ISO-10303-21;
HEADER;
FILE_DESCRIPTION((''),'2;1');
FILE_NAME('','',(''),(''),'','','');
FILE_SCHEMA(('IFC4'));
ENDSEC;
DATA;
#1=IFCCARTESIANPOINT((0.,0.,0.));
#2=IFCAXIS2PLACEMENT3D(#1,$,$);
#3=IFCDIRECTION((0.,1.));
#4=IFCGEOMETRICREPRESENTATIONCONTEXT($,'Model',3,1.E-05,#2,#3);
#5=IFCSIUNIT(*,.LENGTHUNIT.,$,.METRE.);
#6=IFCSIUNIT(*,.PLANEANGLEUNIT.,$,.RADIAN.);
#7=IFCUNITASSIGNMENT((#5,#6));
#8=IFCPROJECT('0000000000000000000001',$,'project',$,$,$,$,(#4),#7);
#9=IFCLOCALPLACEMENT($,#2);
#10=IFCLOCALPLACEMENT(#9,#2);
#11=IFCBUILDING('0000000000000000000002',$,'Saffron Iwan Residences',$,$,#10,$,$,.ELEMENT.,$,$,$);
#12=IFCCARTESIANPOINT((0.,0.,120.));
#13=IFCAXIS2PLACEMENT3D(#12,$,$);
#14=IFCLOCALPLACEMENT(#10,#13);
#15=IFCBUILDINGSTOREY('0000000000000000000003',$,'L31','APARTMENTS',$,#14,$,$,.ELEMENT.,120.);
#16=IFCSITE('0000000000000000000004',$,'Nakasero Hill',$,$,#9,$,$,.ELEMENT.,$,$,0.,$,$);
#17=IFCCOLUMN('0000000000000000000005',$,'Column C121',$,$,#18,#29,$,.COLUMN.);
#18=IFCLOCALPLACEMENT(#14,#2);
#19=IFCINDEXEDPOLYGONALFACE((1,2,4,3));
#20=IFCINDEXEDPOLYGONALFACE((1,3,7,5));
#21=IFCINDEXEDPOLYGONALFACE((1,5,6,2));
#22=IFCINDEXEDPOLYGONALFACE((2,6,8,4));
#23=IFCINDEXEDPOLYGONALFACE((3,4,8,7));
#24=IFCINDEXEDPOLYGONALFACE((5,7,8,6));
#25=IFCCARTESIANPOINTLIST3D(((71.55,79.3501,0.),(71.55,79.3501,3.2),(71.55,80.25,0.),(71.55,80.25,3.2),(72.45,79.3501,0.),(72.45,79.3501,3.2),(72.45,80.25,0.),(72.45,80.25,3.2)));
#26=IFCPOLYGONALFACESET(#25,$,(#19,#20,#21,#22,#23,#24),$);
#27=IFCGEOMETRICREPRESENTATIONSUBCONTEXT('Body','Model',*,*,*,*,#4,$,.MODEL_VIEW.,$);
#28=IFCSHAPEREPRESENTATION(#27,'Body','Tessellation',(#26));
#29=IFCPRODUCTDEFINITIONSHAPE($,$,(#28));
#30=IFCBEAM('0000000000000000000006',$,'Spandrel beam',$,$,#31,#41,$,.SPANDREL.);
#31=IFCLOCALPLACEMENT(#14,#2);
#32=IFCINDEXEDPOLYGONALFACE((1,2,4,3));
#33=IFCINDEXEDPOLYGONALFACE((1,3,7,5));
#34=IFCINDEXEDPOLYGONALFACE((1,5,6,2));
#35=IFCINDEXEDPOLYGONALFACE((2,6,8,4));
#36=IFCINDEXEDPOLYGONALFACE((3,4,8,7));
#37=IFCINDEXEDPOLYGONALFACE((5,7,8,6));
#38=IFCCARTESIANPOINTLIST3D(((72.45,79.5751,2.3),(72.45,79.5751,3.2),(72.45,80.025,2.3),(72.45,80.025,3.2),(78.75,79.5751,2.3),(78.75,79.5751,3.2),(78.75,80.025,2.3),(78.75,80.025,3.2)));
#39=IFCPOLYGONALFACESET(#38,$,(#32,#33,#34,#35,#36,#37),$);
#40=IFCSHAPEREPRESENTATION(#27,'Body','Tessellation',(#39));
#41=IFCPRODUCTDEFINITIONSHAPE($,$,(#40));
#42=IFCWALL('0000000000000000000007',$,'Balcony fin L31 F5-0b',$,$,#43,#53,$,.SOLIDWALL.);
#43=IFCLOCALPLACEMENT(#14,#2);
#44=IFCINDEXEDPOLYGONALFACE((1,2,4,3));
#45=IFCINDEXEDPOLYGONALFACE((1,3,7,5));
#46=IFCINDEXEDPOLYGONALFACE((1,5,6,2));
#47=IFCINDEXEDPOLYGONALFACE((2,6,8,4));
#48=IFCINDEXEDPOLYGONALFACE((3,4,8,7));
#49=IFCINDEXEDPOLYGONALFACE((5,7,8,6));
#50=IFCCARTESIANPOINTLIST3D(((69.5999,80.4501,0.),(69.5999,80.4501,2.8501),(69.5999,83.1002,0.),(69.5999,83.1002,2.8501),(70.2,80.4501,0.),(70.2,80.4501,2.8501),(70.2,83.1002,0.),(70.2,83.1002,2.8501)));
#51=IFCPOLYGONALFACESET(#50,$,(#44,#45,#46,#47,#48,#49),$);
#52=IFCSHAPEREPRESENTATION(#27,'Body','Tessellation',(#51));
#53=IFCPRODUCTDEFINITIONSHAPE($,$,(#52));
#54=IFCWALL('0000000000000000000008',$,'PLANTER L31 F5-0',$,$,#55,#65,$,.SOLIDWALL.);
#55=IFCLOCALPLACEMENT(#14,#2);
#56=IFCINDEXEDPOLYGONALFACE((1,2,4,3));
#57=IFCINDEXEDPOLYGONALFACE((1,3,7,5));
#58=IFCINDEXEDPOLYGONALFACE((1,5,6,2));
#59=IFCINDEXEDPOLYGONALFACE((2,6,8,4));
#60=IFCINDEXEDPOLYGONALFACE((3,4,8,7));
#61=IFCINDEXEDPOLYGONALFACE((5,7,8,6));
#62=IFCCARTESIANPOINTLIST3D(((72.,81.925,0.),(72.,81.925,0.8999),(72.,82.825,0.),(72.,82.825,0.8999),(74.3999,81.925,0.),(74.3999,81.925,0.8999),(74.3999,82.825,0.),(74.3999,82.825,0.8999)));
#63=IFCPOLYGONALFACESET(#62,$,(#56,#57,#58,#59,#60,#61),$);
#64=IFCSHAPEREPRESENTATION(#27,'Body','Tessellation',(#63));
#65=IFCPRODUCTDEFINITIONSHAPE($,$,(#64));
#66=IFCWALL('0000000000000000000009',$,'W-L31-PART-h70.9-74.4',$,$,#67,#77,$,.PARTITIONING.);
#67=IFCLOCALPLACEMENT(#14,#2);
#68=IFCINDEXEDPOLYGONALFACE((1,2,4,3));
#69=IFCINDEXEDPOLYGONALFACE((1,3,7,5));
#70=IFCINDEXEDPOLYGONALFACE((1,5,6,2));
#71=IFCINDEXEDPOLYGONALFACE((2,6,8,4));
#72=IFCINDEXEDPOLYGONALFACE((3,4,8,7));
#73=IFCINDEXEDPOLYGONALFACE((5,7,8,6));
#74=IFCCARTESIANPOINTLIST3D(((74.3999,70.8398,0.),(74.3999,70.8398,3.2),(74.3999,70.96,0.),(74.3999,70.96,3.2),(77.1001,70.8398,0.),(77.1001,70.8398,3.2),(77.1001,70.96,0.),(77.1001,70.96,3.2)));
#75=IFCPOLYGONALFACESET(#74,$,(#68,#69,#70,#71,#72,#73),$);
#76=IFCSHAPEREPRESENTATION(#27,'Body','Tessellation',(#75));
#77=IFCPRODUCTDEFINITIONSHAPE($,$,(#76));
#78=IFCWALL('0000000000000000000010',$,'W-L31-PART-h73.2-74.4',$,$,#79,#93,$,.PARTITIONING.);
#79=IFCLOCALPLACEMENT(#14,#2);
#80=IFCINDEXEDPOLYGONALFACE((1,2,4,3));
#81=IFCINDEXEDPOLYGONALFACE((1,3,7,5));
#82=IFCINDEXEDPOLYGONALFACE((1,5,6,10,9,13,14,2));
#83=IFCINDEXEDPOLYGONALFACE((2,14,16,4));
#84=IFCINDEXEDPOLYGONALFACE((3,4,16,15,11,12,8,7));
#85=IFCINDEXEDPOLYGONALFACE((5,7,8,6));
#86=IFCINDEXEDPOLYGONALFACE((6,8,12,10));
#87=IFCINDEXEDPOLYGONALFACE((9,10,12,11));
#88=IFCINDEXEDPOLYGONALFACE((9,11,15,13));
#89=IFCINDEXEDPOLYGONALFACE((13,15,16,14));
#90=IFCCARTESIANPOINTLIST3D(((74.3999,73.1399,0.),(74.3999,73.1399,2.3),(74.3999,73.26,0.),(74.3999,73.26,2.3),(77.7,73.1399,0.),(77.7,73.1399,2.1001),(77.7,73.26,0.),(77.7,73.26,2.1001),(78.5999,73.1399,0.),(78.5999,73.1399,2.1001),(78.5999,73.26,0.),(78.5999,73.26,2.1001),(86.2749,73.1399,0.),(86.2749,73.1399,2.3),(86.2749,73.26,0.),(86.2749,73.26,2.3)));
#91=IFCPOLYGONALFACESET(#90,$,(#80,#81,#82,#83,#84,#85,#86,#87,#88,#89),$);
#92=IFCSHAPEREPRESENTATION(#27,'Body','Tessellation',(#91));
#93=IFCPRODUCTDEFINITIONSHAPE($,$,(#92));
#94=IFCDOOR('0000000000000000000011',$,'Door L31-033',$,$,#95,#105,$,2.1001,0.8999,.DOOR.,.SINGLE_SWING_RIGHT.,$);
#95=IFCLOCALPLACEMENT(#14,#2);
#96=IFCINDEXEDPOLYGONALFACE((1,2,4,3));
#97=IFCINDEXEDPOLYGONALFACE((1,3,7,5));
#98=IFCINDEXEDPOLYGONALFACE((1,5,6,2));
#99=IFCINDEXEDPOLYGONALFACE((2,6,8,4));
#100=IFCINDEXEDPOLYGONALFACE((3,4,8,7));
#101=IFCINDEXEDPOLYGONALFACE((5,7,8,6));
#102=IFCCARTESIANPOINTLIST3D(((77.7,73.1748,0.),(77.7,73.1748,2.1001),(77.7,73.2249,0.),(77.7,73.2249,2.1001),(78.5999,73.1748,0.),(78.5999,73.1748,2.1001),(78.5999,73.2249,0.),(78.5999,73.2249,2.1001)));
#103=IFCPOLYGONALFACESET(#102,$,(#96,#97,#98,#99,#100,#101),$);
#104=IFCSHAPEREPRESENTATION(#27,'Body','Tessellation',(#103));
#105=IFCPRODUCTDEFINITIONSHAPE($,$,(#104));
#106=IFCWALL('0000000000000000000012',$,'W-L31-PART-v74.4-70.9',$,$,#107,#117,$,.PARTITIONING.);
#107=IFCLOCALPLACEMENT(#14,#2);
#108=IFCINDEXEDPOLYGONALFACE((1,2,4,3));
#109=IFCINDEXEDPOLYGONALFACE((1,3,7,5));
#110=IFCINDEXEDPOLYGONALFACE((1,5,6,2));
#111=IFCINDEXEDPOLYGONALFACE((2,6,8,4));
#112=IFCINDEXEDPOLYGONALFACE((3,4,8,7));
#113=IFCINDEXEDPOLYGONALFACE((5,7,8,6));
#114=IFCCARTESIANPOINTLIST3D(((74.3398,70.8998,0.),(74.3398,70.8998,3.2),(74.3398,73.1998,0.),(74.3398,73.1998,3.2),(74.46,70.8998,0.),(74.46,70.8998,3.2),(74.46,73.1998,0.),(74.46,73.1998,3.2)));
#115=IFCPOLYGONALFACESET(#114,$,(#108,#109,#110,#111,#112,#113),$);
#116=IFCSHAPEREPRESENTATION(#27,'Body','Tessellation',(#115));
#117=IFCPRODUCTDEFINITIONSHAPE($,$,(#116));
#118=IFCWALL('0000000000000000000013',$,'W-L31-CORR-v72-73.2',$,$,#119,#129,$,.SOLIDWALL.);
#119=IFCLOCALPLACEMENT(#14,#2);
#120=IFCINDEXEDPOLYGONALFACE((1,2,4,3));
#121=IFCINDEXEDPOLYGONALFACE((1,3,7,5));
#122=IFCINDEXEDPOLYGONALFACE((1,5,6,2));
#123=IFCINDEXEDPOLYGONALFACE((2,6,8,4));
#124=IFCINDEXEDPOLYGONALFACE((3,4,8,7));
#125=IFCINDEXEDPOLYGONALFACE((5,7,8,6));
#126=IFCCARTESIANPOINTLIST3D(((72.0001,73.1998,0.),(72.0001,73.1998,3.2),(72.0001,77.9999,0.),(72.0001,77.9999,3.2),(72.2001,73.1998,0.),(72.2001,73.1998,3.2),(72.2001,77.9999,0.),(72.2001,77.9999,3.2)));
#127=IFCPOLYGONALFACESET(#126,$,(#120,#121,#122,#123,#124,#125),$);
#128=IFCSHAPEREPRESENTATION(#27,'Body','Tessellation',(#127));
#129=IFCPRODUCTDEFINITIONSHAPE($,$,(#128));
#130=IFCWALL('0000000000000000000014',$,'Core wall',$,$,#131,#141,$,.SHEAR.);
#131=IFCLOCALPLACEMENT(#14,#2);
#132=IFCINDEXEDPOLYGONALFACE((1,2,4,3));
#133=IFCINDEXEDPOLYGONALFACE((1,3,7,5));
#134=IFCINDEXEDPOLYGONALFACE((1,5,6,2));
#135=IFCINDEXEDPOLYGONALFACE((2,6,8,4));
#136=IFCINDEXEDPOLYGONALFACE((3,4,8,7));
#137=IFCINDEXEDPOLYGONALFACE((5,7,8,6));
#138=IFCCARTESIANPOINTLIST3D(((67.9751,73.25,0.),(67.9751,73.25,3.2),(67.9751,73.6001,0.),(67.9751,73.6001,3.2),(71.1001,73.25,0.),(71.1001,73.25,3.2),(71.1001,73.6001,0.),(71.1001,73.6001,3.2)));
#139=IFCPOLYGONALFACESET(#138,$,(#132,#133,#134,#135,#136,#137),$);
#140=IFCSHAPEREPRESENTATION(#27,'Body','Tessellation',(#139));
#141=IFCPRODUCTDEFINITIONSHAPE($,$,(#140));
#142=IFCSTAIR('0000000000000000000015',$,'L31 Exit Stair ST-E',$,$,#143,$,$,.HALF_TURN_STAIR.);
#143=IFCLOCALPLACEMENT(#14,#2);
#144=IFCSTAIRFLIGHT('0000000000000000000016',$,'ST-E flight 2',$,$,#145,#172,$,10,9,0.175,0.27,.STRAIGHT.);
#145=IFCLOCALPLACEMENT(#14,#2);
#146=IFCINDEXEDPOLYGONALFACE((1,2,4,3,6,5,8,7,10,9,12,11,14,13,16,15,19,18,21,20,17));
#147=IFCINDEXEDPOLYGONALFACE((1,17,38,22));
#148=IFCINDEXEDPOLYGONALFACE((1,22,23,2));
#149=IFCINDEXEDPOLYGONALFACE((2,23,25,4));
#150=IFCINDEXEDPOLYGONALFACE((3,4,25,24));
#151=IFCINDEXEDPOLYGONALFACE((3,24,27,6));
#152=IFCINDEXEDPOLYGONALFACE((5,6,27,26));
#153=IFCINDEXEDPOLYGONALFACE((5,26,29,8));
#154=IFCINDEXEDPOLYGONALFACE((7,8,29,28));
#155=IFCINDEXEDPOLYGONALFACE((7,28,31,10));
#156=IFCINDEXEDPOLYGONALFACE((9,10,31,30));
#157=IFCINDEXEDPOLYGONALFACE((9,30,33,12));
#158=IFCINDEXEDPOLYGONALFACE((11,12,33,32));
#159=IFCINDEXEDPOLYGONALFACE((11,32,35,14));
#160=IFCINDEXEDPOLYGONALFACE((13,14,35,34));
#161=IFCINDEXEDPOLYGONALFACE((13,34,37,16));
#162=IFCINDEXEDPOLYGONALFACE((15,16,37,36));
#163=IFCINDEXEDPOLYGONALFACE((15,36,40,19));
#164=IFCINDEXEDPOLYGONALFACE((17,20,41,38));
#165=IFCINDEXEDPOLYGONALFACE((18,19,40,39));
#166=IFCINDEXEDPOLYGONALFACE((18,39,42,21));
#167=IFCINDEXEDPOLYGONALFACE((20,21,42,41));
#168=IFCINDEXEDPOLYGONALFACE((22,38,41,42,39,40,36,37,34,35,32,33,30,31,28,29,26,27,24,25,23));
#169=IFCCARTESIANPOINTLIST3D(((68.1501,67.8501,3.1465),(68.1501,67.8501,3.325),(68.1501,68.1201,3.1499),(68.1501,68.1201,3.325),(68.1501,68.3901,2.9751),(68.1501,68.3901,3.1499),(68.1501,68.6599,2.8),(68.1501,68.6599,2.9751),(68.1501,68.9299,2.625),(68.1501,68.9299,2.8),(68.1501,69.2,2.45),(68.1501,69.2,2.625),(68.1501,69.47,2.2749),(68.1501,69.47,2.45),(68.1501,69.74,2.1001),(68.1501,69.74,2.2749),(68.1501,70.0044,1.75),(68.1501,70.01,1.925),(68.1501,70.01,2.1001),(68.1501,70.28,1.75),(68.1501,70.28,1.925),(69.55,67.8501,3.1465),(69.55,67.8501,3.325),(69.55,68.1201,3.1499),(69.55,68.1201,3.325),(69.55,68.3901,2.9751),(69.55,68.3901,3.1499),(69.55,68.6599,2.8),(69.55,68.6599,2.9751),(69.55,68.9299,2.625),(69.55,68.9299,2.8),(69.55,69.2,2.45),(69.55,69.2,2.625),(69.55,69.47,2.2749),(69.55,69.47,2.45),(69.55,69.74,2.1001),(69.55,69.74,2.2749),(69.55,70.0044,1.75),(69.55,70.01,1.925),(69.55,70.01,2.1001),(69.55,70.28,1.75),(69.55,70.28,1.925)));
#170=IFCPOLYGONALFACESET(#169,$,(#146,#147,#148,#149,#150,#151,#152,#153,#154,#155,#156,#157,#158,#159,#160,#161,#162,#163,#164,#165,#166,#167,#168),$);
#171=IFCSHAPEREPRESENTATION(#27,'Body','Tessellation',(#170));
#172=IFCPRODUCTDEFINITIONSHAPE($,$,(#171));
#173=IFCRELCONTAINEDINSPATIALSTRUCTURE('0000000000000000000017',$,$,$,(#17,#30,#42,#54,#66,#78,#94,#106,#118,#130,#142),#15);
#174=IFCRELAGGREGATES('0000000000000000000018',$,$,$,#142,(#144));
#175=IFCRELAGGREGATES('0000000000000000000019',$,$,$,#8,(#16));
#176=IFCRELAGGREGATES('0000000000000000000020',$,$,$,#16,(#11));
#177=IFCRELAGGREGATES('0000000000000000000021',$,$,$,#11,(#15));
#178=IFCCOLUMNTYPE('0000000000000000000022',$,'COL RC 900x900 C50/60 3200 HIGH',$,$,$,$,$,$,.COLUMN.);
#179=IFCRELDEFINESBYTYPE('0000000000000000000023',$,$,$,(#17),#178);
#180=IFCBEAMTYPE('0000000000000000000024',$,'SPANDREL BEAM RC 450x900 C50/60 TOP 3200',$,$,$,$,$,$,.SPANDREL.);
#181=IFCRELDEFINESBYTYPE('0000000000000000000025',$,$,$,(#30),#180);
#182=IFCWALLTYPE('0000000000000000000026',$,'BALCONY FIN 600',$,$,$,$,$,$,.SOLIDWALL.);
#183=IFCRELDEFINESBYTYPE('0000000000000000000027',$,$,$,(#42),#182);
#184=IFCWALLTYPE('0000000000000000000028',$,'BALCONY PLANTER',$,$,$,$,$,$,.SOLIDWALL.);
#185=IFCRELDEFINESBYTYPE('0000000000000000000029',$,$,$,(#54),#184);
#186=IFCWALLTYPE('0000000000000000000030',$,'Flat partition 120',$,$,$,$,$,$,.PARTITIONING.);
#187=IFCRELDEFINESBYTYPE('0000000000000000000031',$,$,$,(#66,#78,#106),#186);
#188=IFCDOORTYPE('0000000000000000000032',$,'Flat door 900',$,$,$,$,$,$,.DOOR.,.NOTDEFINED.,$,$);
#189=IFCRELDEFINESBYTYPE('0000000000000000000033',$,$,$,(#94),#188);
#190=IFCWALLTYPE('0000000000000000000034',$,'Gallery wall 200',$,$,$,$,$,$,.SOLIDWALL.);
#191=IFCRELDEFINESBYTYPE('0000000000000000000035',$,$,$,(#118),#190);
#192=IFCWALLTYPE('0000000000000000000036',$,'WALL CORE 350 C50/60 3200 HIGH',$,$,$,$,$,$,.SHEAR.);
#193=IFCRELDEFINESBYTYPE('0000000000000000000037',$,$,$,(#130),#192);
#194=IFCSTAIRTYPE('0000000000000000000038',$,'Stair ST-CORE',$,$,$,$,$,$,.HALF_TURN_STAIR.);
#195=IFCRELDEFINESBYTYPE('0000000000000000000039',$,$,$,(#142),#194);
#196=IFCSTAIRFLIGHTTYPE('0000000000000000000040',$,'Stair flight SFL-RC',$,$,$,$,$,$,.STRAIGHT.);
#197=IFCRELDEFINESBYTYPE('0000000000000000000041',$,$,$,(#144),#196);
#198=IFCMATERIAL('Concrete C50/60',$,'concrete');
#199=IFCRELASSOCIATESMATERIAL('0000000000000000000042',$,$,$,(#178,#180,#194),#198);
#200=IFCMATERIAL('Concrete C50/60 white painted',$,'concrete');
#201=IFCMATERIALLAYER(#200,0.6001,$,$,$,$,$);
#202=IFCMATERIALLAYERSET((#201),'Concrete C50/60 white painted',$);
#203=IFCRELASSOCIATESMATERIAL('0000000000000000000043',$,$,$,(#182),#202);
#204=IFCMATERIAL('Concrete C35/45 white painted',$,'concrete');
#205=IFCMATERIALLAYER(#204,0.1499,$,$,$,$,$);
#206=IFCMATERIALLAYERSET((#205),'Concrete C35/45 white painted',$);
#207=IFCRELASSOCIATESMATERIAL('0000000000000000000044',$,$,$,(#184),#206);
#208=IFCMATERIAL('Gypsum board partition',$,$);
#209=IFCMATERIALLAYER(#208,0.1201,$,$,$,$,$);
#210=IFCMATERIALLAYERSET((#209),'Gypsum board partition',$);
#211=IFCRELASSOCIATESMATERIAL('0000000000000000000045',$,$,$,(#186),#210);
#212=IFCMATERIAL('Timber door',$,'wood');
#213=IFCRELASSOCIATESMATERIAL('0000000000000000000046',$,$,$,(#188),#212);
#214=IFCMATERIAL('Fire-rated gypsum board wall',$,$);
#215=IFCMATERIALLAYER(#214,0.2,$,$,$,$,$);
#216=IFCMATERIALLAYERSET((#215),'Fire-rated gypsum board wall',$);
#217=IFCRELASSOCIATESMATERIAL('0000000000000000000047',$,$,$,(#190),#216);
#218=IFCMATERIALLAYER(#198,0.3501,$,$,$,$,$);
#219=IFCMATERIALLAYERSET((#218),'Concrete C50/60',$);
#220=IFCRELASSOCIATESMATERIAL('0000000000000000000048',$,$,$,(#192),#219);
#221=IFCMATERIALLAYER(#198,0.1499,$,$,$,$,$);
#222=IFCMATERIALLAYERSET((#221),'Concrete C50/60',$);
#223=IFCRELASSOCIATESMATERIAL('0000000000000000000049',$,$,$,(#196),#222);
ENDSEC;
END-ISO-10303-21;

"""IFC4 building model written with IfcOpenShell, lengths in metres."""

from ifc_helpers import new_model, si_unit, direction, frame, frame_2d, origin, origin_2d, place, context, subcontext, project, spatial, polyline, rectangle, outline, extrude, source, transform, mapped, material, layer, layer_set, material_profile, profile_set, type_object, element, fill, aggregate, save


model = new_model("IFC4")

# Units and contexts
model_context = context("Model", 3, precision=1e-05, world=origin(), true_north=direction((0.0, 1.0)))
body_context = subcontext(model_context, "Body", "Model", "MODEL_VIEW")
ifc_project = project(units=[si_unit("LENGTHUNIT", "METRE"), si_unit("PLANEANGLEUNIT", "RADIAN")], contexts=[model_context])

# Site, building, storey
site_placement = place(None, origin())
site = spatial("IfcSite", under=ifc_project, at=site_placement, Name="Nakasero Hill", CompositionType="ELEMENT", RefElevation=0.0)
building_placement = place(site_placement, origin())
building = spatial("IfcBuilding", under=site, at=building_placement, Name="Saffron Iwan Residences", CompositionType="ELEMENT")
storey_placement = place(building_placement, frame((0.0, 0.0, 120.0)))
storey = spatial("IfcBuildingStorey", under=building, at=storey_placement, Name="L31", Description="APARTMENTS", CompositionType="ELEMENT", Elevation=120.0)

# Column
ifc_material_1 = material(Name="Concrete C50/60", Category="concrete")
ifc_material_profile_1 = material_profile(ifc_material_1, rectangle(XDim=0.8999, YDim=0.8999, at=origin_2d()), Name="RC 900x900")
ifc_profile_set_1 = profile_set([ifc_material_profile_1], Name="Concrete C50/60")
column_type = type_object("IfcColumnType", Name="COL RC 900x900 C50/60 3200 HIGH", PredefinedType="COLUMN", material=ifc_profile_set_1)
shared_shape_1 = source(origin(), body_context, "Body", "SweptSolid", [
    extrude(rectangle(XDim=0.8999, YDim=0.8999, at=origin_2d()), origin(), (0.0, 0.0, 1.0), 3.2),
])
column_placement = place(storey_placement, frame((72.0, 79.8, 0.0), z_axis=(0.0, 0.0, 1.0), x_axis=(1.0, 0.0, 0.0)))
element("IfcColumn", 1, at=column_placement, inside=storey, type_object=column_type, Name="Column C121", PredefinedType="COLUMN", context=body_context, shape_type="MappedRepresentation", body=[
    mapped(shared_shape_1, transform((0.0, 0.0, 0.0))),
])

# Beam
ifc_material_profile_2 = material_profile(ifc_material_1, rectangle(XDim=0.45, YDim=0.8999, at=origin_2d()), Name="RC 450x900")
ifc_profile_set_2 = profile_set([ifc_material_profile_2], Name="Concrete C50/60")
beam_type = type_object("IfcBeamType", Name="SPANDREL BEAM RC 450x900 C50/60 TOP 3200", PredefinedType="SPANDREL", material=ifc_profile_set_2)
shared_shape_2 = source(origin(), body_context, "Body", "SweptSolid", [
    extrude(rectangle(XDim=0.45, YDim=0.8999, at=origin_2d()), origin(), (0.0, 0.0, 1.0), 6.3),
])
beam_placement = place(storey_placement, frame((72.45, 79.8, 2.75), z_axis=(1.0, 0.0, 0.0), x_axis=(0.0, 1.0, 0.0)))
element("IfcBeam", 2, at=beam_placement, inside=storey, type_object=beam_type, Name="Spandrel beam", PredefinedType="SPANDREL", context=body_context, shape_type="MappedRepresentation", body=[
    mapped(shared_shape_2, transform((0.0, 0.0, 0.0))),
])

# Walls
ifc_material_2 = material(Name="Concrete C50/60 white painted", Category="concrete")
ifc_layer_1 = layer(ifc_material_2, 0.6001)
ifc_layer_set_1 = layer_set([ifc_layer_1], Name="Concrete C50/60 white painted")
wall_type_1 = type_object("IfcWallType", Name="BALCONY FIN 600", PredefinedType="SOLIDWALL", material=ifc_layer_set_1)
wall_1_placement = place(storey_placement, frame((69.8999, 80.45, 0.0), z_axis=(0.0, 0.0, 1.0), x_axis=(0.0, 1.0, 0.0)))
element("IfcWall", 3, at=wall_1_placement, inside=storey, type_object=wall_type_1, Name="Balcony fin L31 F5-0b", PredefinedType="SOLIDWALL", context=body_context, shape_type="SweptSolid", body=[
    extrude(rectangle(XDim=2.6501, YDim=0.6001, at=frame_2d((1.3252, 0.0))), origin(), (0.0, 0.0, 1.0), 2.8501),
])
ifc_material_3 = material(Name="Concrete C35/45 white painted", Category="concrete")
ifc_layer_2 = layer(ifc_material_3, 0.1499)
ifc_layer_set_2 = layer_set([ifc_layer_2], Name="Concrete C35/45 white painted")
wall_type_2 = type_object("IfcWallType", Name="BALCONY PLANTER", PredefinedType="SOLIDWALL", material=ifc_layer_set_2)
wall_2_placement = place(storey_placement, frame((74.3999, 82.375, 0.0), z_axis=(0.0, 0.0, 1.0), x_axis=(-1.0, 0.0, 0.0)))
element("IfcWall", 4, at=wall_2_placement, inside=storey, type_object=wall_type_2, Name="PLANTER L31 F5-0", PredefinedType="SOLIDWALL", context=body_context, shape_type="SweptSolid", body=[
    extrude(rectangle(XDim=2.3999, YDim=0.8999, at=frame_2d((1.2, 0.0))), origin(), (0.0, 0.0, 1.0), 0.8999),
])
ifc_material_4 = material(Name="Gypsum board partition")
ifc_layer_3 = layer(ifc_material_4, 0.1201)
ifc_layer_set_3 = layer_set([ifc_layer_3], Name="Gypsum board partition")
wall_type_3 = type_object("IfcWallType", Name="Flat partition 120", PredefinedType="PARTITIONING", material=ifc_layer_set_3)
wall_3_placement = place(storey_placement, frame((74.3999, 70.8999, 0.0), z_axis=(0.0, 0.0, 1.0), x_axis=(1.0, 0.0, 0.0)))
element("IfcWall", 5, at=wall_3_placement, inside=storey, type_object=wall_type_3, Name="W-L31-PART-h70.9-74.4", PredefinedType="PARTITIONING", context=body_context, shape_type="SweptSolid", body=[
    extrude(rectangle(XDim=2.7002, YDim=0.1201, at=frame_2d((1.3501, 0.0))), origin(), (0.0, 0.0, 1.0), 3.2),
])

# Wall, opening, door
wall_4_placement = place(storey_placement, frame((74.3999, 73.2, 0.0), z_axis=(0.0, 0.0, 1.0), x_axis=(1.0, 0.0, 0.0)))
wall_4 = element("IfcWall", 6, at=wall_4_placement, inside=storey, type_object=wall_type_3, Name="W-L31-PART-h73.2-74.4", PredefinedType="PARTITIONING", context=body_context, shape_type="SweptSolid", body=[
    extrude(rectangle(XDim=11.875, YDim=0.1201, at=frame_2d((5.9375, 0.0))), origin(), (0.0, 0.0, 1.0), 2.3),
])
opening_placement = place(wall_4_placement, frame((3.3, 0.0, 0.0)))
opening = element("IfcOpeningElement", 7, at=opening_placement, cuts=wall_4, PredefinedType="OPENING", context=body_context, shape_type="SweptSolid", body=[
    extrude(rectangle(XDim=0.8999, YDim=2.1001, at=frame_2d((0.45, 1.05))), frame((0.0, 0.0701, 0.0), z_axis=(0.0, -1.0, 0.0), x_axis=(1.0, 0.0, 0.0)), (0.0, 0.0, 1.0), 0.1401),
])
ifc_material_5 = material(Name="Timber door", Category="wood")
door_type = type_object("IfcDoorType", Name="Flat door 900", OperationType="NOTDEFINED", PredefinedType="DOOR", material=ifc_material_5)
door_placement = place(opening_placement, origin())
door = element("IfcDoor", 8, at=door_placement, inside=storey, type_object=door_type, Name="Door L31-033", OperationType="SINGLE_SWING_RIGHT", OverallHeight=2.1001, OverallWidth=0.8999, PredefinedType="DOOR", context=body_context, shape_type="SweptSolid", body=[
    extrude(rectangle(XDim=0.8999, YDim=2.1001, at=frame_2d((0.45, 1.05))), frame((0.0, 0.0249, 0.0), z_axis=(0.0, -1.0, 0.0), x_axis=(1.0, 0.0, 0.0)), (0.0, 0.0, 1.0), 0.05),
])
fill(opening, door)

# Walls
wall_5_placement = place(storey_placement, frame((74.3999, 70.8999, 0.0), z_axis=(0.0, 0.0, 1.0), x_axis=(0.0, 1.0, 0.0)))
element("IfcWall", 9, at=wall_5_placement, inside=storey, type_object=wall_type_3, Name="W-L31-PART-v74.4-70.9", PredefinedType="PARTITIONING", context=body_context, shape_type="SweptSolid", body=[
    extrude(rectangle(XDim=2.3, YDim=0.1201, at=frame_2d((1.1499, 0.0))), origin(), (0.0, 0.0, 1.0), 3.2),
])
ifc_material_6 = material(Name="Fire-rated gypsum board wall")
ifc_layer_4 = layer(ifc_material_6, 0.2)
ifc_layer_set_4 = layer_set([ifc_layer_4], Name="Fire-rated gypsum board wall")
wall_type_4 = type_object("IfcWallType", Name="Gallery wall 200", PredefinedType="SOLIDWALL", material=ifc_layer_set_4)
wall_6_placement = place(storey_placement, frame((72.1001, 73.2, 0.0), z_axis=(0.0, 0.0, 1.0), x_axis=(0.0, 1.0, 0.0)))
element("IfcWall", 10, at=wall_6_placement, inside=storey, type_object=wall_type_4, Name="W-L31-CORR-v72-73.2", PredefinedType="SOLIDWALL", context=body_context, shape_type="SweptSolid", body=[
    extrude(rectangle(XDim=4.8, YDim=0.2, at=frame_2d((2.3999, 0.0))), origin(), (0.0, 0.0, 1.0), 3.2),
])
ifc_layer_5 = layer(ifc_material_1, 0.3501)
ifc_layer_set_5 = layer_set([ifc_layer_5], Name="Concrete C50/60")
wall_type_5 = type_object("IfcWallType", Name="WALL CORE 350 C50/60 3200 HIGH", PredefinedType="SHEAR", material=ifc_layer_set_5)
wall_7_placement = place(storey_placement, frame((67.9751, 73.425, 0.0), z_axis=(0.0, 0.0, 1.0), x_axis=(1.0, 0.0, 0.0)))
element("IfcWall", 11, at=wall_7_placement, inside=storey, type_object=wall_type_5, Name="Core wall", PredefinedType="SHEAR", context=body_context, shape_type="SweptSolid", body=[
    extrude(rectangle(XDim=3.125, YDim=0.3501, at=frame_2d((1.5625, 0.0))), origin(), (0.0, 0.0, 1.0), 3.2),
])

# Stair, stair flight
stair_type = type_object("IfcStairType", Name="Stair ST-CORE", PredefinedType="HALF_TURN_STAIR", material=ifc_material_1)
stair_placement = place(storey_placement, origin())
stair = element("IfcStair", 12, at=stair_placement, inside=storey, type_object=stair_type, Name="L31 Exit Stair ST-E", PredefinedType="HALF_TURN_STAIR")
ifc_layer_6 = layer(ifc_material_1, 0.1499)
ifc_layer_set_6 = layer_set([ifc_layer_6], Name="Concrete C50/60")
stair_flight_type = type_object("IfcStairFlightType", Name="Stair flight SFL-RC", PredefinedType="STRAIGHT", material=ifc_layer_set_6)
stair_flight_placement = place(storey_placement, frame((68.8501, 70.28, 1.75), z_axis=(0.0, 0.0, 1.0), x_axis=(0.0, -1.0, 0.0)))
stair_flight = element("IfcStairFlight", 13, at=stair_flight_placement, type_object=stair_flight_type, Name="ST-E flight 2", NumberOfRisers=10, NumberOfTreads=9, PredefinedType="STRAIGHT", RiserHeight=0.175, TreadLength=0.27, context=body_context, shape_type="SweptSolid", body=[
    extrude(outline(polyline([(0.0, 0.0), (0.0, 0.175), (0.27, 0.175), (0.27, 0.3501), (0.54, 0.3501), (0.54, 0.5249), (0.8101, 0.5249), (0.8101, 0.7), (1.0801, 0.7), (1.0801, 0.875), (1.3501, 0.875), (1.3501, 1.05), (1.6201, 1.05), (1.6201, 1.2251), (1.8899, 1.2251), (1.8899, 1.3999), (2.1599, 1.3999), (2.1599, 1.575), (2.4299, 1.575), (2.4299, 1.75), (2.4299, 1.3965), (0.2756, 0.0), (0.0, 0.0)])), frame((0.0, 0.7, 0.0), z_axis=(0.0, -1.0, 0.0), x_axis=(1.0, 0.0, 0.0)), (0.0, 0.0, 1.0), 1.3999),
])
aggregate(stair, [stair_flight])

save(model, "model.ifc")
